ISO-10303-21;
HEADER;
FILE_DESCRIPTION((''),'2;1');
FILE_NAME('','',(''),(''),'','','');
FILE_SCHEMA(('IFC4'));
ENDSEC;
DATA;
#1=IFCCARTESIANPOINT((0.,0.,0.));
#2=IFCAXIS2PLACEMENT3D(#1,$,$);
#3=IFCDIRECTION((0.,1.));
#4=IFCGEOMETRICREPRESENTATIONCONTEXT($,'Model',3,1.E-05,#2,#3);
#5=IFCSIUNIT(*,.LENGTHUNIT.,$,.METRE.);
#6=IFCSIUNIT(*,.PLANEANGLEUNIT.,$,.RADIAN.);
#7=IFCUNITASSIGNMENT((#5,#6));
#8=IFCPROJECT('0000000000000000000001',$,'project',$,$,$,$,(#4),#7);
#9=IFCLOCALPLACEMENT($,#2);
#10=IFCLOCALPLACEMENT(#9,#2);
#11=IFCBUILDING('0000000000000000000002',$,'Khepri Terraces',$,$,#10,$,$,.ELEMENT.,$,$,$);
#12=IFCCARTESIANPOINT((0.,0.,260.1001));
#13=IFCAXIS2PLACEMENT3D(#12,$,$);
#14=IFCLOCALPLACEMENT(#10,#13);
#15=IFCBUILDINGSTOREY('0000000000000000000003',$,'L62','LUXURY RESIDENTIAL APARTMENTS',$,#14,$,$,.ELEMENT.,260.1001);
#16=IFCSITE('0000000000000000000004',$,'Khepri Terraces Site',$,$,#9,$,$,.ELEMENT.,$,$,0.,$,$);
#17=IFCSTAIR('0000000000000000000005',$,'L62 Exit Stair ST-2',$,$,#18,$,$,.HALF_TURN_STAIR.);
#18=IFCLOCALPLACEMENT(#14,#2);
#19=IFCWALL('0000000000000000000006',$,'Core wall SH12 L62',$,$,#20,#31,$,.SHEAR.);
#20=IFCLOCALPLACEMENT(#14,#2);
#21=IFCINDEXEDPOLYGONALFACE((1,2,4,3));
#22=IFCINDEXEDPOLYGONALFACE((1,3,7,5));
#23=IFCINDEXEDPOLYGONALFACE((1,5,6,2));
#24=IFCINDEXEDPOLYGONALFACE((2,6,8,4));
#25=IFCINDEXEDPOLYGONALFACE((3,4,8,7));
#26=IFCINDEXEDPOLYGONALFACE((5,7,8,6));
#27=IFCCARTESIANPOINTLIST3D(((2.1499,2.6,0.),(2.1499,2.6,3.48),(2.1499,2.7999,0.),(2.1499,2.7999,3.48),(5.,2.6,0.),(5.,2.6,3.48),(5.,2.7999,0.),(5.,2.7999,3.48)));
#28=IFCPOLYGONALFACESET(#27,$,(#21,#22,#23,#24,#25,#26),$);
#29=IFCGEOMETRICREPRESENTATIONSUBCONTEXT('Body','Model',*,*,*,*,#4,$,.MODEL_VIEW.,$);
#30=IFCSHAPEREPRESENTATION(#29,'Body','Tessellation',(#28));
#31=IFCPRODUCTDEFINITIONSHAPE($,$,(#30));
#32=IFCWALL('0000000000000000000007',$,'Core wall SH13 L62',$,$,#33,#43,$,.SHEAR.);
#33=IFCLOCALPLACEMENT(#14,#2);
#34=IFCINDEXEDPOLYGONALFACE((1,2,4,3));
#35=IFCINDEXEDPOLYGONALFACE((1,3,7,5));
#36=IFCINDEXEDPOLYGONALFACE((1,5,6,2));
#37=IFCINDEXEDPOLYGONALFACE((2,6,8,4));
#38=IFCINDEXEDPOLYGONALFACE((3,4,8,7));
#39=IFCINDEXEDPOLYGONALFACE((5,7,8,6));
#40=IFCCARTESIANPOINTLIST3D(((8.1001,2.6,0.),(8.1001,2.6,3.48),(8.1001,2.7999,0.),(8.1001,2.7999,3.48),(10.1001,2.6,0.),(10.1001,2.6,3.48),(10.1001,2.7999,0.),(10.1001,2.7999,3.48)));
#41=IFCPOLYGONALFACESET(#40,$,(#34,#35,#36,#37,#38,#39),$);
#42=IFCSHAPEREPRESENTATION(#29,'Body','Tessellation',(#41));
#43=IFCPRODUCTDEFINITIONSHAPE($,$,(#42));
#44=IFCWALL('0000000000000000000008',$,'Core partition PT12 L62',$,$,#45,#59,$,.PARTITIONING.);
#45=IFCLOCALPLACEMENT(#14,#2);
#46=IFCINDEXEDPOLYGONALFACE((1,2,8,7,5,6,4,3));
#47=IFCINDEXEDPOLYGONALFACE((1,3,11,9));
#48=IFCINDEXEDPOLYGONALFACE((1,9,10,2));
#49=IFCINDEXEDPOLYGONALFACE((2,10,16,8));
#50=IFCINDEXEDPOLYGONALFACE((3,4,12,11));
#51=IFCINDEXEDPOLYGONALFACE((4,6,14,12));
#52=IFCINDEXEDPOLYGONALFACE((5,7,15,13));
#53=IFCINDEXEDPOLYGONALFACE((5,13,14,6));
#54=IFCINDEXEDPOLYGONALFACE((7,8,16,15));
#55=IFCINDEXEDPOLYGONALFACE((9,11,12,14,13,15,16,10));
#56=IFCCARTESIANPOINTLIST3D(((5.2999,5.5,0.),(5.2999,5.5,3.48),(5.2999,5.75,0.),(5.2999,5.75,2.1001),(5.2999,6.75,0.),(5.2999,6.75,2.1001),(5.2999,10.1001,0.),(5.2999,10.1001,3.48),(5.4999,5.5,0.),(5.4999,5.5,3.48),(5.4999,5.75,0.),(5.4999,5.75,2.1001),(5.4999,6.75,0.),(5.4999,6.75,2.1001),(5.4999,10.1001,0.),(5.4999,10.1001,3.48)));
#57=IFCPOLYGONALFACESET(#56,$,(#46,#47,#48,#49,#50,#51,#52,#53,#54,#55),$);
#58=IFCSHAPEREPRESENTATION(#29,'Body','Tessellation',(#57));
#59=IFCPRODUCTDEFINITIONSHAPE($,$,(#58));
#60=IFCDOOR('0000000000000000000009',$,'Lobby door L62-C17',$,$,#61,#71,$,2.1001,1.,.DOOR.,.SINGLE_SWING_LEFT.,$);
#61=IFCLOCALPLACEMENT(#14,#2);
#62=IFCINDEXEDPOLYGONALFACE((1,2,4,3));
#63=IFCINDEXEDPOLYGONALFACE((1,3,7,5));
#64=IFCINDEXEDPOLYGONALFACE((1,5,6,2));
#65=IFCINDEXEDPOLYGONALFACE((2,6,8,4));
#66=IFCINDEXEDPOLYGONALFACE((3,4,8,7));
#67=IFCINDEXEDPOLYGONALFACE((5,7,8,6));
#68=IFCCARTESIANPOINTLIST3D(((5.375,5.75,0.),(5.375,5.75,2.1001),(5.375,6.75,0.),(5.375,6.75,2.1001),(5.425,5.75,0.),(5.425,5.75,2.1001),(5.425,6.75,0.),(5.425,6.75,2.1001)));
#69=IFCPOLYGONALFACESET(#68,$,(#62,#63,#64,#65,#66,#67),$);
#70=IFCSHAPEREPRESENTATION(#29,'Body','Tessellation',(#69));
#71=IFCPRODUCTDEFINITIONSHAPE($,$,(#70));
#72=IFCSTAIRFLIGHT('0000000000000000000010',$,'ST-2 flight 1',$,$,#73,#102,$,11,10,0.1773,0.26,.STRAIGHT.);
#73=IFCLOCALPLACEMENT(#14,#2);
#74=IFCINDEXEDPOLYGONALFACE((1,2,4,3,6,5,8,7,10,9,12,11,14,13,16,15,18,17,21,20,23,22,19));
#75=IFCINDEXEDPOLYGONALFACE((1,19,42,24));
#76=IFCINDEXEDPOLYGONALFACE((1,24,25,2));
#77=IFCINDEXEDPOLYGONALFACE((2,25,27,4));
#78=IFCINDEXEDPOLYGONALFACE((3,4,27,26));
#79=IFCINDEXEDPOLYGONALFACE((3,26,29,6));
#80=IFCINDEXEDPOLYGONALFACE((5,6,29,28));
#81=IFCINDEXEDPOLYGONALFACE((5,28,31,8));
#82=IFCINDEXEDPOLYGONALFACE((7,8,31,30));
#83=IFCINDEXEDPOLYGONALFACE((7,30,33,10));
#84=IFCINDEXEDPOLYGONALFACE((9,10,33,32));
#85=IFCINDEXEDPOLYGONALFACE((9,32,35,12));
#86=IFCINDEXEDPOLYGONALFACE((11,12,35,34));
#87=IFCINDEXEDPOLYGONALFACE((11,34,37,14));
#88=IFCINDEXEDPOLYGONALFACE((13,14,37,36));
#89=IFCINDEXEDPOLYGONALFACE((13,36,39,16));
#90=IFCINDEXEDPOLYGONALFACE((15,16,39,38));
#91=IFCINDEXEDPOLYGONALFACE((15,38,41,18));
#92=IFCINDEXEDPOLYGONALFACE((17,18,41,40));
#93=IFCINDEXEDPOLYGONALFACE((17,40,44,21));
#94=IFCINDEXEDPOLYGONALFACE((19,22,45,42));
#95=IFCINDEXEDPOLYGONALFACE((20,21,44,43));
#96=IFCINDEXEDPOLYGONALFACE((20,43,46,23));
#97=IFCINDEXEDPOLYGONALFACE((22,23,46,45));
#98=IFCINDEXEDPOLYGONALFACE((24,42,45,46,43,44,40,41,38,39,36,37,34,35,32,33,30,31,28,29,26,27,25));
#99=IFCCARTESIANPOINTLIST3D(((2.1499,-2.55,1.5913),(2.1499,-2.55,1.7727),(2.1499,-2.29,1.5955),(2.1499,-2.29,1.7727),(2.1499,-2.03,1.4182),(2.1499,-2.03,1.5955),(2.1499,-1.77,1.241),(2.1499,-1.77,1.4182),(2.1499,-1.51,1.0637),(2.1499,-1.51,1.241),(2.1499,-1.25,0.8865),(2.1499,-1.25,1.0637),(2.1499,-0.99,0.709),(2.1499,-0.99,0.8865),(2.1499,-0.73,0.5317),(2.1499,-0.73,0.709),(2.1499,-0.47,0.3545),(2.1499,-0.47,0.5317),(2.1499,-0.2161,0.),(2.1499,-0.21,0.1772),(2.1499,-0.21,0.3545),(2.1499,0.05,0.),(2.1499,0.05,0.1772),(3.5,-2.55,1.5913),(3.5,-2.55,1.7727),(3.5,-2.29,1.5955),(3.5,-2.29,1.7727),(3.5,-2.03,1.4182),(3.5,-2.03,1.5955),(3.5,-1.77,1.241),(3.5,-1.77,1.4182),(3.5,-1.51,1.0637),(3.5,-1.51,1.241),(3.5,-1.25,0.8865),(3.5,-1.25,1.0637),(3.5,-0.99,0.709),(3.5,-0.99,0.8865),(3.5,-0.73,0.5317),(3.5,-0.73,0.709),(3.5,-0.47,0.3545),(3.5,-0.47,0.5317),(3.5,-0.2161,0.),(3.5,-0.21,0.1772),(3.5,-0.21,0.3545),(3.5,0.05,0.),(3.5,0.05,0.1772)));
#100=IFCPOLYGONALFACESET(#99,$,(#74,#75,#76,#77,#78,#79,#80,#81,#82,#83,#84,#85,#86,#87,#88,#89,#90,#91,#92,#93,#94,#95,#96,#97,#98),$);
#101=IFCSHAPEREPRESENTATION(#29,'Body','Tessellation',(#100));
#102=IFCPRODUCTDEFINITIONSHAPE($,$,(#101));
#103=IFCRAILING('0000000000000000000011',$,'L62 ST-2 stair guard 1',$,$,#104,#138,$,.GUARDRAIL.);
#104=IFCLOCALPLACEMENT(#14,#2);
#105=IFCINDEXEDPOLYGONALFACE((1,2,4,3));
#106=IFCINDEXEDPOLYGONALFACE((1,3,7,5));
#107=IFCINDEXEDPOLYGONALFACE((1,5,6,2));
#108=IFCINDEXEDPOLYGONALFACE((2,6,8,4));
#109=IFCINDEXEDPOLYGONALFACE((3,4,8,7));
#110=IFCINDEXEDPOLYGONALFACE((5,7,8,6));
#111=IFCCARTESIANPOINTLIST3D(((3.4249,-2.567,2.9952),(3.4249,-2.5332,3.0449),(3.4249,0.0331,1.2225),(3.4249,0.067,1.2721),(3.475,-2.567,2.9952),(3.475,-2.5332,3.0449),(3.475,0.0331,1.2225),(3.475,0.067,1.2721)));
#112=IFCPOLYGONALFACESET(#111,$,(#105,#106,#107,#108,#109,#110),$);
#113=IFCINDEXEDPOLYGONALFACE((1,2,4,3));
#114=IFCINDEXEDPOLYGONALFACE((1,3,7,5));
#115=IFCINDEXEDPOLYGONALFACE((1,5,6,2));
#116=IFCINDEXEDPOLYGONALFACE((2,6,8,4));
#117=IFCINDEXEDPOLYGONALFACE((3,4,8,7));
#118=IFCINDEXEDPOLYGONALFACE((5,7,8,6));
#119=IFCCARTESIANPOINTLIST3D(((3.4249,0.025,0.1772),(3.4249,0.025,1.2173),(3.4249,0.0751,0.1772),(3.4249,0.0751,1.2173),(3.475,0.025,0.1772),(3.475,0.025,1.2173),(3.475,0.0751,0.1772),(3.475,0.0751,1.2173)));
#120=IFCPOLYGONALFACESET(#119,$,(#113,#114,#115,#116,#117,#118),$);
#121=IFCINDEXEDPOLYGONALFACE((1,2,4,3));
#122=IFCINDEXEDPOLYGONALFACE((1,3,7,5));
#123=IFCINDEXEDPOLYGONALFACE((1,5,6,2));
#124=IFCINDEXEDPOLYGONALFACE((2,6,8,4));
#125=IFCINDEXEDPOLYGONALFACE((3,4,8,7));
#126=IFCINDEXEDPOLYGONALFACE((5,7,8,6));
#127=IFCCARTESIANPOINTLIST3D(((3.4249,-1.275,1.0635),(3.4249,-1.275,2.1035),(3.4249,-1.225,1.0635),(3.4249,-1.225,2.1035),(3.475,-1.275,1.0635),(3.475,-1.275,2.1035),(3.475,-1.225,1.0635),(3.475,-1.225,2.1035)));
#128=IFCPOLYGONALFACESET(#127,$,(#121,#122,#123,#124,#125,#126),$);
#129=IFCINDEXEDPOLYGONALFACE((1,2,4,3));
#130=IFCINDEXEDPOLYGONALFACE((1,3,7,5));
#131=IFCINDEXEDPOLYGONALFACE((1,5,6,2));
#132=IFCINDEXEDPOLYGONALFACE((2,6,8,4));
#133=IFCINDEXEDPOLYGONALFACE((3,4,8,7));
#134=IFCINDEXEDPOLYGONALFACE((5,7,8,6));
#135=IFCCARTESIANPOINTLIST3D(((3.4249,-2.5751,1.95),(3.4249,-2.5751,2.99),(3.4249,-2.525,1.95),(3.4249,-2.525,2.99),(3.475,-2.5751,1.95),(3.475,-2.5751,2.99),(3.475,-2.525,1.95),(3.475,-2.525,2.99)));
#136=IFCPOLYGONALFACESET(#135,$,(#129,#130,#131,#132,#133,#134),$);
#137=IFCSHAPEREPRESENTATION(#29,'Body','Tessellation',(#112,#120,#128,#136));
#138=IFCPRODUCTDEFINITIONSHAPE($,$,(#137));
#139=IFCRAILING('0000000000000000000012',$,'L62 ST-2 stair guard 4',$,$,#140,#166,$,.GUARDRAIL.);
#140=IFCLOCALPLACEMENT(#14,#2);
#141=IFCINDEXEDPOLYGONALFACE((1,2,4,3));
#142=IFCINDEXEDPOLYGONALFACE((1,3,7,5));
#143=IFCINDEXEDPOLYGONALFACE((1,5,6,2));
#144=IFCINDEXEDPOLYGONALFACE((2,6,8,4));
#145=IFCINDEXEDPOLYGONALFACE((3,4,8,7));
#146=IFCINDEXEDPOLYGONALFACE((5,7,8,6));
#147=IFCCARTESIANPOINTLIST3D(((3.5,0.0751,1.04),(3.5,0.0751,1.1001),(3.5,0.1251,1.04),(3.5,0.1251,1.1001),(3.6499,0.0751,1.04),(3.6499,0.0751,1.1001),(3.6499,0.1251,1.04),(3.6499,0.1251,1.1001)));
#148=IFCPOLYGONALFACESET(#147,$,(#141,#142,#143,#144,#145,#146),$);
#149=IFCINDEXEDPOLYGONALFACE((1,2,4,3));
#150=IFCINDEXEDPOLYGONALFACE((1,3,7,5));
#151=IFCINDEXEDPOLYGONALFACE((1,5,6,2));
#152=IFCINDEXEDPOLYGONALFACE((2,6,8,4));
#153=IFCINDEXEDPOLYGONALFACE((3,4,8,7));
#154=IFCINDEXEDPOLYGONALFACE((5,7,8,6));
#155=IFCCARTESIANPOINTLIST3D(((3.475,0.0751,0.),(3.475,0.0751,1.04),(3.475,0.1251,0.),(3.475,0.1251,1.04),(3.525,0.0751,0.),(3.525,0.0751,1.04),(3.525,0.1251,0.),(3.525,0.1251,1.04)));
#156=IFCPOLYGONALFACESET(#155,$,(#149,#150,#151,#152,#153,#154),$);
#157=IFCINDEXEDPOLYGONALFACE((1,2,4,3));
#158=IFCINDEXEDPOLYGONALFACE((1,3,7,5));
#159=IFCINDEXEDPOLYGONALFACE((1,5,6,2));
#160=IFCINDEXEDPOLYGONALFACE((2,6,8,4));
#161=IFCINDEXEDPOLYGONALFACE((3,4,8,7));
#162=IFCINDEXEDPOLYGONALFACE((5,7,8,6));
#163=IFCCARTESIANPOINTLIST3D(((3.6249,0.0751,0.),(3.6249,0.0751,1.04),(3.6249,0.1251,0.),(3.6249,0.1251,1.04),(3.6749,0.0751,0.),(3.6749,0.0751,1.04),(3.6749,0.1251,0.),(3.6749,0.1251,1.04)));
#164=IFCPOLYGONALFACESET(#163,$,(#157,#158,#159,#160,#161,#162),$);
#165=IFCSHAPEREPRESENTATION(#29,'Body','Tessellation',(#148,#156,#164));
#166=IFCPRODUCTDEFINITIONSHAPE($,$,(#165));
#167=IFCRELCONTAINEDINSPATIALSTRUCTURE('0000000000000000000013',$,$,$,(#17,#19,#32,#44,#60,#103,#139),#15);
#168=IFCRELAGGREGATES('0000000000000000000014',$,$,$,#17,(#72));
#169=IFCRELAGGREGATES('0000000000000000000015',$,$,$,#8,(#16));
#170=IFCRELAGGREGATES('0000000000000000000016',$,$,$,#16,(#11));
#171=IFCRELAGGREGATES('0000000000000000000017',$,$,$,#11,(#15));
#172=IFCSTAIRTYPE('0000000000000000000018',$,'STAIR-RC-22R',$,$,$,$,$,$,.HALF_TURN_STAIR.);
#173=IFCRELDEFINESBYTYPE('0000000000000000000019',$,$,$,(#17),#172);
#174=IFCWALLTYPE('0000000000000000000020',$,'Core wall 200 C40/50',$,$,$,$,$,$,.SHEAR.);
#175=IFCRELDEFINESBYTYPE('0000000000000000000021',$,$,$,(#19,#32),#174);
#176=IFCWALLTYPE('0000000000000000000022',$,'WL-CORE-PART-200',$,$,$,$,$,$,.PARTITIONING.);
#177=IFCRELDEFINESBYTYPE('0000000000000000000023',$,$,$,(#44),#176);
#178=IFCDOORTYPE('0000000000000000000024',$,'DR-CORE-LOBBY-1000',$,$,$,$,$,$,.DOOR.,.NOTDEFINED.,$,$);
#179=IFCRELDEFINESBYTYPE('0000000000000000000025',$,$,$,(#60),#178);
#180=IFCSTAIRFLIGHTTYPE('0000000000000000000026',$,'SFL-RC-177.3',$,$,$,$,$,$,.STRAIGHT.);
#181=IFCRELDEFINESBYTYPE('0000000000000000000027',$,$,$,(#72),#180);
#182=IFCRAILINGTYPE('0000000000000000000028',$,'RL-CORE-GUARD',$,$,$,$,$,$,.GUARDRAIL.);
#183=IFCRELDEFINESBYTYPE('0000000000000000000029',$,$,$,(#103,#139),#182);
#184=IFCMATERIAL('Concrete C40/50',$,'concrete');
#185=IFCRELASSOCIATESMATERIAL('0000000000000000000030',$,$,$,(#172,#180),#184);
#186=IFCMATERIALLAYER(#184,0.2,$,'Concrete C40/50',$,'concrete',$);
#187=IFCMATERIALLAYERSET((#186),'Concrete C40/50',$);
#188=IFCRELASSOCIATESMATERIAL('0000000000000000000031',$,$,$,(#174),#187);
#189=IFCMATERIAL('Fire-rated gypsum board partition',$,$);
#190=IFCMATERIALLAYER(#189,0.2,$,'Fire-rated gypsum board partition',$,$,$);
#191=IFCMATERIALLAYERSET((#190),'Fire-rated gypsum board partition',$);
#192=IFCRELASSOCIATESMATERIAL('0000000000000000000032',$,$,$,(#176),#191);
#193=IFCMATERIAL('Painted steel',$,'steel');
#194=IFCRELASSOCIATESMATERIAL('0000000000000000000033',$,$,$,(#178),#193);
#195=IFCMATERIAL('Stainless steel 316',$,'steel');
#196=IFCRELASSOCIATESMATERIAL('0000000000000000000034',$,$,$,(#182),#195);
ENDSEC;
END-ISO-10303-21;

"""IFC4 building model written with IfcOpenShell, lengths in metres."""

from ifc_helpers import new_model, si_unit, direction, frame, frame_2d, origin, origin_2d, place, context, subcontext, project, spatial, polyline, rectangle, outline, extrude, material, layer, layer_set, type_object, element, fill, aggregate, save


model = new_model("IFC4")

# Units and contexts
model_context = context("Model", 3, precision=1e-05, world=origin(), true_north=direction((0.0, 1.0)))
body_context = subcontext(model_context, "Body", "Model", "MODEL_VIEW")
ifc_project = project(units=[si_unit("LENGTHUNIT", "METRE"), si_unit("PLANEANGLEUNIT", "RADIAN")], contexts=[model_context])

# Site, building, storey
site_placement = place(None, origin())
site = spatial("IfcSite", under=ifc_project, at=site_placement, Name="Khepri Terraces Site", CompositionType="ELEMENT", RefElevation=0.0)
building_placement = place(site_placement, origin())
building = spatial("IfcBuilding", under=site, at=building_placement, Name="Khepri Terraces", CompositionType="ELEMENT")
storey_placement = place(building_placement, frame((0.0, 0.0, 260.1001)))
storey = spatial("IfcBuildingStorey", under=building, at=storey_placement, Name="L62", Description="LUXURY RESIDENTIAL APARTMENTS", CompositionType="ELEMENT", Elevation=260.1001)

# Shared definitions
ifc_material_1 = material(Name="Concrete C40/50", Category="concrete")
stair_type = type_object("IfcStairType", Name="STAIR-RC-22R", PredefinedType="HALF_TURN_STAIR", material=ifc_material_1)

# Stair
stair_1_placement = place(storey_placement, origin())
stair_1 = element("IfcStair", 1, at=stair_1_placement, inside=storey, type_object=stair_type, Name="L62 Exit Stair ST-2", PredefinedType="HALF_TURN_STAIR")

# Shared definitions
ifc_layer_1 = layer(ifc_material_1, 0.2, Name="Concrete C40/50", Category="concrete")
ifc_layer_set_1 = layer_set([ifc_layer_1], Name="Concrete C40/50")
wall_type_1 = type_object("IfcWallType", Name="Core wall 200 C40/50", PredefinedType="SHEAR", material=ifc_layer_set_1)

# Shared definitions
ifc_material_2 = material(Name="Painted steel", Category="steel")

# Walls
wall_1_placement = place(storey_placement, frame((2.1499, 2.7, 0.0), z_axis=(0.0, 0.0, 1.0), x_axis=(1.0, 0.0, 0.0)))
element("IfcWall", 2, at=wall_1_placement, inside=storey, type_object=wall_type_1, Name="Core wall SH12 L62", PredefinedType="SHEAR", context=body_context, shape_type="SweptSolid", body=[
    extrude(rectangle(XDim=2.8501, YDim=0.2, at=frame_2d((1.425, 0.0))), origin(), (0.0, 0.0, 1.0), 3.48),
])
wall_2_placement = place(storey_placement, frame((8.1001, 2.7, 0.0), z_axis=(0.0, 0.0, 1.0), x_axis=(1.0, 0.0, 0.0)))
element("IfcWall", 3, at=wall_2_placement, inside=storey, type_object=wall_type_1, Name="Core wall SH13 L62", PredefinedType="SHEAR", context=body_context, shape_type="SweptSolid", body=[
    extrude(rectangle(XDim=2.0, YDim=0.2, at=frame_2d((1.0, 0.0))), origin(), (0.0, 0.0, 1.0), 3.48),
])

# Wall, opening, door
ifc_material_3 = material(Name="Fire-rated gypsum board partition")
ifc_layer_2 = layer(ifc_material_3, 0.2, Name="Fire-rated gypsum board partition")
ifc_layer_set_2 = layer_set([ifc_layer_2], Name="Fire-rated gypsum board partition")
wall_type_2 = type_object("IfcWallType", Name="WL-CORE-PART-200", PredefinedType="PARTITIONING", material=ifc_layer_set_2)
wall_3_placement = place(storey_placement, frame((5.3999, 5.5, 0.0), z_axis=(0.0, 0.0, 1.0), x_axis=(0.0, 1.0, 0.0)))
wall_3 = element("IfcWall", 4, at=wall_3_placement, inside=storey, type_object=wall_type_2, Name="Core partition PT12 L62", PredefinedType="PARTITIONING", context=body_context, shape_type="SweptSolid", body=[
    extrude(rectangle(XDim=4.6001, YDim=0.2, at=frame_2d((2.3, 0.0))), origin(), (0.0, 0.0, 1.0), 3.48),
])
opening_1_placement = place(wall_3_placement, frame((0.25, 0.0, 0.0)))
opening_1 = element("IfcOpeningElement", 5, at=opening_1_placement, cuts=wall_3, PredefinedType="OPENING", context=body_context, shape_type="SweptSolid", body=[
    extrude(rectangle(XDim=1.0, YDim=2.1001, at=frame_2d((0.5, 1.05))), frame((0.0, 0.1099, 0.0), z_axis=(0.0, -1.0, 0.0), x_axis=(1.0, 0.0, 0.0)), (0.0, 0.0, 1.0), 0.22),
])
door_type_1 = type_object("IfcDoorType", Name="DR-CORE-LOBBY-1000", OperationType="NOTDEFINED", PredefinedType="DOOR", material=ifc_material_2)
door_1_placement = place(opening_1_placement, origin())
door_1 = element("IfcDoor", 6, at=door_1_placement, inside=storey, type_object=door_type_1, Name="Lobby door L62-C17", OperationType="SINGLE_SWING_LEFT", OverallHeight=2.1001, OverallWidth=1.0, PredefinedType="DOOR", context=body_context, shape_type="SweptSolid", body=[
    extrude(rectangle(XDim=1.0, YDim=2.1001, at=frame_2d((0.5, 1.05))), frame((0.0, 0.0249, 0.0), z_axis=(0.0, -1.0, 0.0), x_axis=(1.0, 0.0, 0.0)), (0.0, 0.0, 1.0), 0.05),
])
fill(opening_1, door_1)

# Stair flight
stair_flight_type = type_object("IfcStairFlightType", Name="SFL-RC-177.3", PredefinedType="STRAIGHT", material=ifc_material_1)
stair_flight_placement = place(storey_placement, frame((2.825, 0.05, 0.0), z_axis=(0.0, 0.0, 1.0), x_axis=(0.0, -1.0, 0.0)))
stair_flight = element("IfcStairFlight", 7, at=stair_flight_placement, type_object=stair_flight_type, Name="ST-2 flight 1", NumberOfRisers=11, NumberOfTreads=10, PredefinedType="STRAIGHT", RiserHeight=0.1773, TreadLength=0.26, context=body_context, shape_type="SweptSolid", body=[
    extrude(outline(polyline([(0.0, 0.0), (0.0, 0.1772), (0.26, 0.1772), (0.26, 0.3545), (0.52, 0.3545), (0.52, 0.5317), (0.78, 0.5317), (0.78, 0.709), (1.04, 0.709), (1.04, 0.8865), (1.3, 0.8865), (1.3, 1.0637), (1.5601, 1.0637), (1.5601, 1.241), (1.8201, 1.241), (1.8201, 1.4182), (2.0801, 1.4182), (2.0801, 1.5955), (2.3401, 1.5955), (2.3401, 1.7727), (2.6001, 1.7727), (2.6001, 1.95), (2.6001, 1.5913), (0.2661, 0.0), (0.0, 0.0)])), frame((0.0, 0.675, 0.0), z_axis=(0.0, -1.0, 0.0), x_axis=(1.0, 0.0, 0.0)), (0.0, 0.0, 1.0), 1.3501),
])
aggregate(stair_1, [stair_flight])

# Railings
ifc_material_4 = material(Name="Stainless steel 316", Category="steel")
railing_type_1 = type_object("IfcRailingType", Name="RL-CORE-GUARD", PredefinedType="GUARDRAIL", material=ifc_material_4)
railing_1_placement = place(storey_placement, frame((3.45, 0.05, 0.1772)))
element("IfcRailing", 8, at=railing_1_placement, inside=storey, type_object=railing_type_1, Name="L62 ST-2 stair guard 1", PredefinedType="GUARDRAIL", context=body_context, shape_type="SweptSolid", body=[
    extrude(rectangle(XDim=0.05, YDim=0.0601, at=origin_2d()), frame((0.0, 0.0, 1.0701), z_axis=(0.0, -0.82624, 0.563318), x_axis=(1.0, 0.0, 0.0)), (0.0, 0.0, 1.0), 3.147),
    extrude(rectangle(XDim=0.05, YDim=0.05, at=origin_2d()), origin(), (0.0, 0.0, 1.0), 1.04),
    extrude(rectangle(XDim=0.05, YDim=0.05, at=origin_2d()), frame((0.0, -1.3, 0.8862)), (0.0, 0.0, 1.0), 1.04),
    extrude(rectangle(XDim=0.05, YDim=0.05, at=origin_2d()), frame((0.0, -2.6001, 1.7727)), (0.0, 0.0, 1.0), 1.04),
])
railing_2_placement = place(storey_placement, frame((3.5, 0.1001, 0.0)))
element("IfcRailing", 9, at=railing_2_placement, inside=storey, type_object=railing_type_1, Name="L62 ST-2 stair guard 4", PredefinedType="GUARDRAIL", context=body_context, shape_type="SweptSolid", body=[
    extrude(rectangle(XDim=0.05, YDim=0.0601, at=origin_2d()), frame((0.0, 0.0, 1.0701), z_axis=(1.0, 0.0, 0.0), x_axis=(0.0, 1.0, 0.0)), (0.0, 0.0, 1.0), 0.1499),
    extrude(rectangle(XDim=0.05, YDim=0.05, at=origin_2d()), origin(), (0.0, 0.0, 1.0), 1.04),
    extrude(rectangle(XDim=0.05, YDim=0.05, at=origin_2d()), frame((0.1499, 0.0, 0.0)), (0.0, 0.0, 1.0), 1.04),
])

save(model, "model.ifc")
